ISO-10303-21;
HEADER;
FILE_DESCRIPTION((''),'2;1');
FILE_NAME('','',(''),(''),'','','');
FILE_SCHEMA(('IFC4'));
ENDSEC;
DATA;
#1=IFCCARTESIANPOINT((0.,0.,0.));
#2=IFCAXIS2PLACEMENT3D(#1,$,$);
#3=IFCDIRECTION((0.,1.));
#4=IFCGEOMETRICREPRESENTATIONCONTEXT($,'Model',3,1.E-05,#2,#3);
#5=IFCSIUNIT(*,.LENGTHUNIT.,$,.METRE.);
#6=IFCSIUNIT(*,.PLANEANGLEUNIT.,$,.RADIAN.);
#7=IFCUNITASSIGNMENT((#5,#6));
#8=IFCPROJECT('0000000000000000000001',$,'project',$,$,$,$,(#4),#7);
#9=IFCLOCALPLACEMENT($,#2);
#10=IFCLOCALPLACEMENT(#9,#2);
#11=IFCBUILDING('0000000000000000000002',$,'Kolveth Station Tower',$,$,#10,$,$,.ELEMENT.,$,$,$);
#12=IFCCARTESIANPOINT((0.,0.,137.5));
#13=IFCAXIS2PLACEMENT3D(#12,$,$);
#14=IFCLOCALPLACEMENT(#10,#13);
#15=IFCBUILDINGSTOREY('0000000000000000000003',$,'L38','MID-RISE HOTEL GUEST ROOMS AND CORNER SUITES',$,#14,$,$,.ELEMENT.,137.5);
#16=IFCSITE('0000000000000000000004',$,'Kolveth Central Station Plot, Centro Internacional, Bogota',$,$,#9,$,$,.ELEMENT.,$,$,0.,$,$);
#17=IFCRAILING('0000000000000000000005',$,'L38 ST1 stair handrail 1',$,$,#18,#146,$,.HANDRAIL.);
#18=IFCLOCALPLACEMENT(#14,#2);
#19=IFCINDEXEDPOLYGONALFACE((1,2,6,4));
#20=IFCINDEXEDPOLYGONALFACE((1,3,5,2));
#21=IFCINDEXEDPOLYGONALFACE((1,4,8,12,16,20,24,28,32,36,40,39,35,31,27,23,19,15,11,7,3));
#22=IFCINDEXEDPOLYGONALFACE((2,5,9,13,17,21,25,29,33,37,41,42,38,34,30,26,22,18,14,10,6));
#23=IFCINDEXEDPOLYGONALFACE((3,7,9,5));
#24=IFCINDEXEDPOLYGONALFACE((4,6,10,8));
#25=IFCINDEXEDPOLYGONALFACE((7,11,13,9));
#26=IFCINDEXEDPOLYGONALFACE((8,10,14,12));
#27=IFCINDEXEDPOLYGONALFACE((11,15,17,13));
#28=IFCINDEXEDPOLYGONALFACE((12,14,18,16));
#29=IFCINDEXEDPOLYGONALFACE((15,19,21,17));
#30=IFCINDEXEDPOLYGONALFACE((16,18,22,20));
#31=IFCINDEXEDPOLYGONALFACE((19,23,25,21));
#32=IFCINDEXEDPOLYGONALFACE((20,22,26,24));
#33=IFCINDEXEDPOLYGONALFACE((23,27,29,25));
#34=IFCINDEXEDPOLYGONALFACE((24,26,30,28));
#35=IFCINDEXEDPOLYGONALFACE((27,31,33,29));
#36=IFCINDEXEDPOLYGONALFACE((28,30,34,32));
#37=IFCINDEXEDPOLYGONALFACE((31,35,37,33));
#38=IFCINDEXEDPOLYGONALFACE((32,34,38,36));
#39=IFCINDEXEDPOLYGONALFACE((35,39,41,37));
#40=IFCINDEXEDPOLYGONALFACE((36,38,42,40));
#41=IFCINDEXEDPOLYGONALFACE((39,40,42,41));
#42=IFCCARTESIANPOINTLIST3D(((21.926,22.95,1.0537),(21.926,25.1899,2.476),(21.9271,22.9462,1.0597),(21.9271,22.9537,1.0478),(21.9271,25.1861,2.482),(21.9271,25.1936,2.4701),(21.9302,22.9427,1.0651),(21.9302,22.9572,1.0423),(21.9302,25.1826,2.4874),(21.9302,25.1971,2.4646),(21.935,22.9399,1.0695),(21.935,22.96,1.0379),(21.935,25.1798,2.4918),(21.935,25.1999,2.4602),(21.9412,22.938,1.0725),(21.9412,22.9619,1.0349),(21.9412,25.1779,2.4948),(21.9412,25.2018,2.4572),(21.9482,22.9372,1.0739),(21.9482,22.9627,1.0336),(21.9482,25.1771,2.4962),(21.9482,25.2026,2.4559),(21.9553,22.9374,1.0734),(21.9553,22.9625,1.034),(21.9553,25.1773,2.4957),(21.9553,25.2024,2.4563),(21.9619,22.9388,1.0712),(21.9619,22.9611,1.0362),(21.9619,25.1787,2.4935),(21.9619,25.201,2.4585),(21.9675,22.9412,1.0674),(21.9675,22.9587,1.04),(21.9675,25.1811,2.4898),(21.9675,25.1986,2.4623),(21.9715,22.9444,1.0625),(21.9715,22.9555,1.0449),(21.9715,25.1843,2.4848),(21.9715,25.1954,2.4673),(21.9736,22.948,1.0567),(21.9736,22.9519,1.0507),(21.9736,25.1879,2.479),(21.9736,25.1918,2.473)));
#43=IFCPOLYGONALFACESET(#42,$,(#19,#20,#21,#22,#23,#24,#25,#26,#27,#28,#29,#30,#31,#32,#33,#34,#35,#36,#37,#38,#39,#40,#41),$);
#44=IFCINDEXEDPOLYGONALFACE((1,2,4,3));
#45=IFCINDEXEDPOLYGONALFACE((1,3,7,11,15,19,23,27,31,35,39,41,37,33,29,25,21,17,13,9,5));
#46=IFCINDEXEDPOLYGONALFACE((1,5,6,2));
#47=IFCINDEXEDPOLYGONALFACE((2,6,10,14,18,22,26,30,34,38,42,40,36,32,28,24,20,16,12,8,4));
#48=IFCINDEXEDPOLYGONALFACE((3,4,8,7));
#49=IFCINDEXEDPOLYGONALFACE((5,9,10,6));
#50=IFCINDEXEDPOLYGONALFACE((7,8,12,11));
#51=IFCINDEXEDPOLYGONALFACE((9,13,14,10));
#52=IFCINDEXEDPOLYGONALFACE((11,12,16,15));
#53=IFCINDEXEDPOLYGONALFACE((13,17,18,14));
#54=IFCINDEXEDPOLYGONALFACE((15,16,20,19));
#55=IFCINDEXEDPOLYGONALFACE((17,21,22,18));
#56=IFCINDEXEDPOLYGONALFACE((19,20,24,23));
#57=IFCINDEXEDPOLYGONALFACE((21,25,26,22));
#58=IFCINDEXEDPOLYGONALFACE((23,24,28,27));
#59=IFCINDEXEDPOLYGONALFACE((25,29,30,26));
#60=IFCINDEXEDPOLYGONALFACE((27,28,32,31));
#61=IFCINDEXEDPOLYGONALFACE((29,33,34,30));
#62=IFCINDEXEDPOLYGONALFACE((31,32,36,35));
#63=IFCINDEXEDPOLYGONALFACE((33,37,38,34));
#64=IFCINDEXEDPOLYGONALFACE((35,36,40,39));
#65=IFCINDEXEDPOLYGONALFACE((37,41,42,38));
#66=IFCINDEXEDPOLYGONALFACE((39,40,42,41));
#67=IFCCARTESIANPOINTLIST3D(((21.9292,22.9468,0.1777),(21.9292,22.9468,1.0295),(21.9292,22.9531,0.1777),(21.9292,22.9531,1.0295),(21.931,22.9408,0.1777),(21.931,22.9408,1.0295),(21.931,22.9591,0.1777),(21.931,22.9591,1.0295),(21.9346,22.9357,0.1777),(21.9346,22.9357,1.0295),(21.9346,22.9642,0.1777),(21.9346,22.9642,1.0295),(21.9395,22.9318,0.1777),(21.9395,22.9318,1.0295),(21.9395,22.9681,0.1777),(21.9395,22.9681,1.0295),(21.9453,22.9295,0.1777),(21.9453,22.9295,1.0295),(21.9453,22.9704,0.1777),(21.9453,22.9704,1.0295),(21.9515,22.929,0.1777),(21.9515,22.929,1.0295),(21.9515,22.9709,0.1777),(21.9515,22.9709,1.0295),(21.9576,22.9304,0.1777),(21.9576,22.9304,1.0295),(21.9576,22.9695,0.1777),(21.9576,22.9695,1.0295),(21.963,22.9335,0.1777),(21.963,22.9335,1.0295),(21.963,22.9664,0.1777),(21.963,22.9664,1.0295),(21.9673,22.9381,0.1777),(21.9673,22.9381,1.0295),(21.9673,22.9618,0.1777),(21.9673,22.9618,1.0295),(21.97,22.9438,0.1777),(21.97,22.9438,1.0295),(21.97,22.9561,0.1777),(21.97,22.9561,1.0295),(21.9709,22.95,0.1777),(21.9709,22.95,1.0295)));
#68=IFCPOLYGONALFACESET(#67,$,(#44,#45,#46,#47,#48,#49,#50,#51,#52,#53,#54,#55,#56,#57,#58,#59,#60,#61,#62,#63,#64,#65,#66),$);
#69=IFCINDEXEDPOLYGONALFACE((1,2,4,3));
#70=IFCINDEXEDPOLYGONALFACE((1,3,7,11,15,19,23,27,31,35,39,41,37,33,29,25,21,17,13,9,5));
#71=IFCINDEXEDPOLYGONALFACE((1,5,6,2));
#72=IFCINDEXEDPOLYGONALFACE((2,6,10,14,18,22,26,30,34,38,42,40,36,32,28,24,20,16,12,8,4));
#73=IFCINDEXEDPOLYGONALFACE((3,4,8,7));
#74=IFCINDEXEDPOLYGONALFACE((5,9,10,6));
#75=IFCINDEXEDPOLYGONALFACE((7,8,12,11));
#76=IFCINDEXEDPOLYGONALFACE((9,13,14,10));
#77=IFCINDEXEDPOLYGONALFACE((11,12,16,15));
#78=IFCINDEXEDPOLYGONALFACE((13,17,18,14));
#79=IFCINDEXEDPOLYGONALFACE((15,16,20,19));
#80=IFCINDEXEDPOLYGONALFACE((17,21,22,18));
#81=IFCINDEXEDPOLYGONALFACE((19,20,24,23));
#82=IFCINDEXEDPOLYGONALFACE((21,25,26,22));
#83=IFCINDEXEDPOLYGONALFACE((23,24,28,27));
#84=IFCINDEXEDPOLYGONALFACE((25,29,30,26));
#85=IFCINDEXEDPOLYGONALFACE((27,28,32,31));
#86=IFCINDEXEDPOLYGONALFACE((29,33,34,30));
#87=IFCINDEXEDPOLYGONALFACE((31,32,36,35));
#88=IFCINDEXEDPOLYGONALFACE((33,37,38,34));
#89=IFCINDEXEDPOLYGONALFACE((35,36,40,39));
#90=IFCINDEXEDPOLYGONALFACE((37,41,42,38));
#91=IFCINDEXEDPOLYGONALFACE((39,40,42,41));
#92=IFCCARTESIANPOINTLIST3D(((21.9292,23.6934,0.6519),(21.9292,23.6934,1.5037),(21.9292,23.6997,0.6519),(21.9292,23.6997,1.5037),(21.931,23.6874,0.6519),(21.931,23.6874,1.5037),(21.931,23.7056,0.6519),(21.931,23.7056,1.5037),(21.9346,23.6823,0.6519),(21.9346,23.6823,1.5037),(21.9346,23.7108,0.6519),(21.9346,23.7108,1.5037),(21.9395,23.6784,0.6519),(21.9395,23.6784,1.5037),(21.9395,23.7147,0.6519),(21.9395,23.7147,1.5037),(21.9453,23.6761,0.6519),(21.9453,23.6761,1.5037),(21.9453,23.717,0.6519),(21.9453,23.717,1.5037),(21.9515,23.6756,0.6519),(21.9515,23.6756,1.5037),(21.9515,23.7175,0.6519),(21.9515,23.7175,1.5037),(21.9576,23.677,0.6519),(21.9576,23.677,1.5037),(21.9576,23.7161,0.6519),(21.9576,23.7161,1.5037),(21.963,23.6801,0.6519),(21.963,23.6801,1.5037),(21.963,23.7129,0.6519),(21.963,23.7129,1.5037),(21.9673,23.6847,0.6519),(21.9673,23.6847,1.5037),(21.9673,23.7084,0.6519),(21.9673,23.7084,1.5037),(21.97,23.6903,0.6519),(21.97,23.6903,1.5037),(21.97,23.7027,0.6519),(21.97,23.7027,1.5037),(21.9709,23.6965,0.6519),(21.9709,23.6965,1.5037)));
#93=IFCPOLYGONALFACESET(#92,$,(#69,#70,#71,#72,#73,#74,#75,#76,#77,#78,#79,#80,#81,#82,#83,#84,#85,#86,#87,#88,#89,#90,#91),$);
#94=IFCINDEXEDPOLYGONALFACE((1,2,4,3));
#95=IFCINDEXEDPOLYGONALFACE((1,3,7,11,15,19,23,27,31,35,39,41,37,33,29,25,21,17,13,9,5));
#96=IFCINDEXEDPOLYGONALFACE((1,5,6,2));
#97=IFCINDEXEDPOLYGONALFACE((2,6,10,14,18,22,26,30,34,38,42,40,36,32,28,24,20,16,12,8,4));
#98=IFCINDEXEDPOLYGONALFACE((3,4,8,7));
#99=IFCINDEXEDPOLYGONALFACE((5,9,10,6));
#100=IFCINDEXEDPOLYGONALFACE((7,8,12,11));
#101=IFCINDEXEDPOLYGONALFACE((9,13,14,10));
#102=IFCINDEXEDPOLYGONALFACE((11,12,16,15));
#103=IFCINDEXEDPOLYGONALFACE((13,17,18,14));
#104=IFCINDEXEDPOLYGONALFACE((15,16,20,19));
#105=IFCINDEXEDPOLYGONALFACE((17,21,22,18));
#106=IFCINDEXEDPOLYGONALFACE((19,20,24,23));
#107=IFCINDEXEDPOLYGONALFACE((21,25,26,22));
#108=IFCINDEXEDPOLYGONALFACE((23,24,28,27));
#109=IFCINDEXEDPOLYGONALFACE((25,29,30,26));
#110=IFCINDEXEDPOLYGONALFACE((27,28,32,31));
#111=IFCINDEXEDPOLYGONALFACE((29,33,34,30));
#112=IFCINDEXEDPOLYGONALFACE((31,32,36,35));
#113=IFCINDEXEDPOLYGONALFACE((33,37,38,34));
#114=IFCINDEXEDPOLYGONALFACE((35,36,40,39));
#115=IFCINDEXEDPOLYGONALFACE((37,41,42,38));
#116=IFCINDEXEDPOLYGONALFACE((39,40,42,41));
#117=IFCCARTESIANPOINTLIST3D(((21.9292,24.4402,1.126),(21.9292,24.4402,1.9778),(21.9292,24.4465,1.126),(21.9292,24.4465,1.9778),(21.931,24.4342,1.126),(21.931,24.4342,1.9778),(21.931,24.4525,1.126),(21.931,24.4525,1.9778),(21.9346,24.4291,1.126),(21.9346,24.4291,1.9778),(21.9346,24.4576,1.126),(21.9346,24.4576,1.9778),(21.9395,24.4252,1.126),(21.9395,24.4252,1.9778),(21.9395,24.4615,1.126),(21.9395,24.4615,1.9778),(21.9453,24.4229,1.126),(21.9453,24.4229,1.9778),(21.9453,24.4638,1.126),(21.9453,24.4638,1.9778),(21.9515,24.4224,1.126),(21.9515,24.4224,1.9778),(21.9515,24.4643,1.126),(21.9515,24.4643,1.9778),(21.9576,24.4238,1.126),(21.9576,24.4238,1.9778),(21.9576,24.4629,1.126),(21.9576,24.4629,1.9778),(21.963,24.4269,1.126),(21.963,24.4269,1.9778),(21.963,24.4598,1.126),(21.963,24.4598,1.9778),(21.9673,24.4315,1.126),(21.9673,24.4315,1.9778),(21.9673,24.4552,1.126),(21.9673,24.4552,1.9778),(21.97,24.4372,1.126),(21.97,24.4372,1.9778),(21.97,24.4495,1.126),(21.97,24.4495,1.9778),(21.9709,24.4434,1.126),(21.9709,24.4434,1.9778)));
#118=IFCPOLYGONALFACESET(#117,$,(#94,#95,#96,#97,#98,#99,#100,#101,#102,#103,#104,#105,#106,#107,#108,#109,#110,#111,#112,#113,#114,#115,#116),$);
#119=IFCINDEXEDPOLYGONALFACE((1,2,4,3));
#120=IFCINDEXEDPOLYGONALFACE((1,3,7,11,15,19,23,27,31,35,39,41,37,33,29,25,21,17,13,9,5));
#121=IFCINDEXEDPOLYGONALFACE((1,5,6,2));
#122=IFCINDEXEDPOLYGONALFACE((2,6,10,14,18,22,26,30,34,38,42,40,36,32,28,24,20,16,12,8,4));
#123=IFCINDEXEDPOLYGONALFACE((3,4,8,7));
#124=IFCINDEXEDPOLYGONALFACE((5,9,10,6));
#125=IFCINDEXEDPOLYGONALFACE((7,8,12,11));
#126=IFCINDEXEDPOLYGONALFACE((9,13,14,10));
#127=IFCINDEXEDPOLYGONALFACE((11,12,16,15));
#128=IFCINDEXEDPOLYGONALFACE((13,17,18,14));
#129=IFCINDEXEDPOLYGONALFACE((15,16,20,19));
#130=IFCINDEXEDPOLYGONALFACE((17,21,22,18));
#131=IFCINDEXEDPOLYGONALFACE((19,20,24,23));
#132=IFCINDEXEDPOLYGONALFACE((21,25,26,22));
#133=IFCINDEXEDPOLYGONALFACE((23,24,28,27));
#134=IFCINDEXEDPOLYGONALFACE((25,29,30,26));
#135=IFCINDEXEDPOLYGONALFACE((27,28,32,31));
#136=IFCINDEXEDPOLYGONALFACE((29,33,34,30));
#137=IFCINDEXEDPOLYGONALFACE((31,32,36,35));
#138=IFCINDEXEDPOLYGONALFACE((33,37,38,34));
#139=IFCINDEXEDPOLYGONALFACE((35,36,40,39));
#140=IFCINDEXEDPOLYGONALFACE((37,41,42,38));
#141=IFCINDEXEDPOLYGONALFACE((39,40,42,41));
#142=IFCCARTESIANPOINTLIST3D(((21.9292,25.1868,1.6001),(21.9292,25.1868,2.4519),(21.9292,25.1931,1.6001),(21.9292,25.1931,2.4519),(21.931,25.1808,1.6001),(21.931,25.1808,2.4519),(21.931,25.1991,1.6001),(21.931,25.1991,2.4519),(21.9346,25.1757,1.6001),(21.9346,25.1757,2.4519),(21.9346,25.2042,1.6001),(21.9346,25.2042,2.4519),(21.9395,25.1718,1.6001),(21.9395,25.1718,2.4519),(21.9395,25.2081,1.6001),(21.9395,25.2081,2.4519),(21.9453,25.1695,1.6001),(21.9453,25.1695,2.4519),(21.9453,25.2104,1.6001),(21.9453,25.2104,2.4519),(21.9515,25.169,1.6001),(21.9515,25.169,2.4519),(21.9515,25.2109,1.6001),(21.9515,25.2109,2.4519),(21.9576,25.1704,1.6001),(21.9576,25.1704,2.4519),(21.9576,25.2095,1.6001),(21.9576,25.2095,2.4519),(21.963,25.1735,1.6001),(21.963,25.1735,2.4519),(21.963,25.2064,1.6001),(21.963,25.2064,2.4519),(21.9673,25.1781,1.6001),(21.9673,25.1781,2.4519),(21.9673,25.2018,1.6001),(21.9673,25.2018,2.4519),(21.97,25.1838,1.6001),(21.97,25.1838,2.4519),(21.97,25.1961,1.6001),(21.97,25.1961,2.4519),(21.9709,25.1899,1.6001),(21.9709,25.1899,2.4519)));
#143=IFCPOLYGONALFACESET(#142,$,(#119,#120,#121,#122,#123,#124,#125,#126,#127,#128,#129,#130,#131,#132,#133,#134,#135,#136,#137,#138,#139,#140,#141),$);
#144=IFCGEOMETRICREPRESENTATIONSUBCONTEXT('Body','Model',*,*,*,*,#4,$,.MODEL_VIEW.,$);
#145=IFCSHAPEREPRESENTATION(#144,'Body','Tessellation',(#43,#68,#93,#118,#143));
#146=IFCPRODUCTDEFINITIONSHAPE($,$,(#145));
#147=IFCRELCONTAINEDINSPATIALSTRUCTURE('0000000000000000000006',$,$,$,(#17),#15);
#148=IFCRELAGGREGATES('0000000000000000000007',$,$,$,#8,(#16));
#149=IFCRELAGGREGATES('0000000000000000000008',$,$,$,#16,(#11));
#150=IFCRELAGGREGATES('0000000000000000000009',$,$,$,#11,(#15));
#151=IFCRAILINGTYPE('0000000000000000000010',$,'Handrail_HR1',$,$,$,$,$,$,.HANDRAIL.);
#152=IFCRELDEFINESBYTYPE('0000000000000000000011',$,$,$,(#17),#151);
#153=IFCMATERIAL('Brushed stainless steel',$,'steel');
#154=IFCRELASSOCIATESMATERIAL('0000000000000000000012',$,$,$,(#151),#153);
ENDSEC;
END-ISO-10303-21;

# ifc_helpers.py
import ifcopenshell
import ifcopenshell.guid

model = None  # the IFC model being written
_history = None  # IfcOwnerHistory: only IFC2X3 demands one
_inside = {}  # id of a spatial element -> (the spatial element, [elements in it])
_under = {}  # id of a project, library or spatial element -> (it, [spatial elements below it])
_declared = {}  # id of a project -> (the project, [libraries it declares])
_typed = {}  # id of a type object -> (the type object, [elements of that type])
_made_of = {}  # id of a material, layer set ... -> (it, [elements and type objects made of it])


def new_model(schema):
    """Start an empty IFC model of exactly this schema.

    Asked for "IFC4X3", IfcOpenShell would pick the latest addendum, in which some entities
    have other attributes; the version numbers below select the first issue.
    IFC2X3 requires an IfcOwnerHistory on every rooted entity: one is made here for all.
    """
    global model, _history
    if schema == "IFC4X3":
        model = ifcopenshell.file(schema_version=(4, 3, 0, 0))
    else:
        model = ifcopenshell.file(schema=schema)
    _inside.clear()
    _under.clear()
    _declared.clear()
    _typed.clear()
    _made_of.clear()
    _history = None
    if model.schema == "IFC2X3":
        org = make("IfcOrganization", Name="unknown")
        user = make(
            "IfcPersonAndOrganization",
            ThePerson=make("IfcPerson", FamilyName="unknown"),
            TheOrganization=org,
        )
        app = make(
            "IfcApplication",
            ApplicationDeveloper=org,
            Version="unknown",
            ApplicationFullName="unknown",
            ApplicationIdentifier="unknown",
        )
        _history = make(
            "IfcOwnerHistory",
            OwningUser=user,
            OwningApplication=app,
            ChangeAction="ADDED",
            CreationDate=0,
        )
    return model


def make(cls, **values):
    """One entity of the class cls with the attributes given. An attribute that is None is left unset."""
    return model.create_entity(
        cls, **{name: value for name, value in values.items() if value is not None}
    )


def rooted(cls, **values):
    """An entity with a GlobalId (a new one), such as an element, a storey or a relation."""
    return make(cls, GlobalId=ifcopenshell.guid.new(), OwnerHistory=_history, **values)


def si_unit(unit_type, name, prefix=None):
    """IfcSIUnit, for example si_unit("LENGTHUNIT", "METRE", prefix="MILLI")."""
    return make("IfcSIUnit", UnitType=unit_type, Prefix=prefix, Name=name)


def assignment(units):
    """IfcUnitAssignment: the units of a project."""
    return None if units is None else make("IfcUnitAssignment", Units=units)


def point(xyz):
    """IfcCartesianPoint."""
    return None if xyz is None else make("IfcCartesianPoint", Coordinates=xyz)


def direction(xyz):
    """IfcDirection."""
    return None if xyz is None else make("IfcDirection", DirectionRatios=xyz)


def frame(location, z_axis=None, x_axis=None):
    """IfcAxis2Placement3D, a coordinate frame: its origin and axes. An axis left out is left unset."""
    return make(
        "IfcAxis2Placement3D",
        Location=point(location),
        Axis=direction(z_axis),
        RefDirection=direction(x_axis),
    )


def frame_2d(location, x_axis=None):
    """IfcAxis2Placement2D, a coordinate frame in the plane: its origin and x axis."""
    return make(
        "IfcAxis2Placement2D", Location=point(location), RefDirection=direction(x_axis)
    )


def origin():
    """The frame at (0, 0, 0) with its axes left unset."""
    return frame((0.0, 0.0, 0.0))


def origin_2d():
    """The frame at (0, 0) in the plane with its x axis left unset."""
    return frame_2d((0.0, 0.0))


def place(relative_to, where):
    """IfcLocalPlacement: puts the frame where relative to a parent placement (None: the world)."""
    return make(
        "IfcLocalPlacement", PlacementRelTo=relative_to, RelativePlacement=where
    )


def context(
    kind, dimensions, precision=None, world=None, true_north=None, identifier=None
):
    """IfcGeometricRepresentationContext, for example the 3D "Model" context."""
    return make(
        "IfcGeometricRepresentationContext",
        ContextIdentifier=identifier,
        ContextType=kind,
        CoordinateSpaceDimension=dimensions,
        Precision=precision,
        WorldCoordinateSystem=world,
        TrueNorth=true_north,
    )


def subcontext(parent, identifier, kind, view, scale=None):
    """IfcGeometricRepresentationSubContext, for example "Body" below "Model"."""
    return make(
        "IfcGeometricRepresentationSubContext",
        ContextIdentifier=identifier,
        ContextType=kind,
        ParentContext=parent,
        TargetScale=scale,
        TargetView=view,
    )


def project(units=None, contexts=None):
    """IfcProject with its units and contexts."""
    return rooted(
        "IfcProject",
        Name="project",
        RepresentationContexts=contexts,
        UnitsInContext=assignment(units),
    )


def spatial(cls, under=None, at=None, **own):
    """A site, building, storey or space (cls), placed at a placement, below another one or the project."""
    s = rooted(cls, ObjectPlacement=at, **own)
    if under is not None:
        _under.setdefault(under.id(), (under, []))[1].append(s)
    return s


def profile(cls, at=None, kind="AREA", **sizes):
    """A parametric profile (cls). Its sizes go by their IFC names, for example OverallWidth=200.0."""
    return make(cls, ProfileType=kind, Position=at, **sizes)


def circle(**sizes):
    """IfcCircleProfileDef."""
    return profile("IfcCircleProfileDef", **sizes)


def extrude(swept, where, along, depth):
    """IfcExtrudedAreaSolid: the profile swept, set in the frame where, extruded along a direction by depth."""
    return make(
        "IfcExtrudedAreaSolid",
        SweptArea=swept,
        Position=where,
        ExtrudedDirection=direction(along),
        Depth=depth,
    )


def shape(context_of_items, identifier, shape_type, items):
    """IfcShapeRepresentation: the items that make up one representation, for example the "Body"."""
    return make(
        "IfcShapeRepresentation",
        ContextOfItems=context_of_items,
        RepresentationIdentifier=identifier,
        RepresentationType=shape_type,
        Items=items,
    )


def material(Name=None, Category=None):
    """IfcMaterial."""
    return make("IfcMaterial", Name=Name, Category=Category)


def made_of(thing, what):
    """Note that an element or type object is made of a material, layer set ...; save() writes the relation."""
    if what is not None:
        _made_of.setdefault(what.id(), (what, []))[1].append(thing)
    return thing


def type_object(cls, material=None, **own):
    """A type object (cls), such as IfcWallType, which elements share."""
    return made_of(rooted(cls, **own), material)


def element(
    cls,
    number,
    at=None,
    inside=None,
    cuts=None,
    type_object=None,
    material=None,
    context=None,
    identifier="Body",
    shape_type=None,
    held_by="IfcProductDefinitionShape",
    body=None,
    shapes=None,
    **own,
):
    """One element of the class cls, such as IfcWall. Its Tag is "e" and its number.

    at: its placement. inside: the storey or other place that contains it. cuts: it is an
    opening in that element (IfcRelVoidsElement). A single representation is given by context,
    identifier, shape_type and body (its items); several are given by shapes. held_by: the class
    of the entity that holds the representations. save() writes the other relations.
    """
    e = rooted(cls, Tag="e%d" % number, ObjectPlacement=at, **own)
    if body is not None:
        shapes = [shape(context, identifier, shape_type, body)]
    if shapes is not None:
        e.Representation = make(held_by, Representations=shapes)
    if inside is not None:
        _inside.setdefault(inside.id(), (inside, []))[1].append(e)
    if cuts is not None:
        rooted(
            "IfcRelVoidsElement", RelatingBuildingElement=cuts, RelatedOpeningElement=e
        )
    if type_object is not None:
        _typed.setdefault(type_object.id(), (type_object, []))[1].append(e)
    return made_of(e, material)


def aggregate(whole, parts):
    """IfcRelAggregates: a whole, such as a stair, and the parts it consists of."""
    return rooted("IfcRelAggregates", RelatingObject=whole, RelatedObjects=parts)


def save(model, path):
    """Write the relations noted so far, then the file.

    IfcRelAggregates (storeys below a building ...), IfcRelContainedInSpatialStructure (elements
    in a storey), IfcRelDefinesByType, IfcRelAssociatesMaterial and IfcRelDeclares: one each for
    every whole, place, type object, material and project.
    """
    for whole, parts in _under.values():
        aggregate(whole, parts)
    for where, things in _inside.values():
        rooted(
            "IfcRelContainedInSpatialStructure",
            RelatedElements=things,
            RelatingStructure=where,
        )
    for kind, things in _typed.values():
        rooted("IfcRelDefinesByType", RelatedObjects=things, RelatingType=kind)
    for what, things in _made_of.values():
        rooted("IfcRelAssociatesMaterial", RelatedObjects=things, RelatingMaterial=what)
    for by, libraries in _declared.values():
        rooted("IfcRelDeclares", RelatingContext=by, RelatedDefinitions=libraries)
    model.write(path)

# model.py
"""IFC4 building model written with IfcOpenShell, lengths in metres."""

from ifc_helpers import new_model, si_unit, direction, frame, origin, origin_2d, place, context, subcontext, project, spatial, circle, extrude, material, type_object, element, save


model = new_model("IFC4")

# Units and contexts
model_context = context("Model", 3, precision=1e-05, world=origin(), true_north=direction((0.0, 1.0)))
body_context = subcontext(model_context, "Body", "Model", "MODEL_VIEW")
ifc_project = project(units=[si_unit("LENGTHUNIT", "METRE"), si_unit("PLANEANGLEUNIT", "RADIAN")], contexts=[model_context])

# Site, building, storey
site_placement = place(None, origin())
site = spatial("IfcSite", under=ifc_project, at=site_placement, Name="Kolveth Central Station Plot, Centro Internacional, Bogota", CompositionType="ELEMENT", RefElevation=0.0)
building_placement = place(site_placement, origin())
building = spatial("IfcBuilding", under=site, at=building_placement, Name="Kolveth Station Tower", CompositionType="ELEMENT")
storey_placement = place(building_placement, frame((0.0, 0.0, 137.5)))
storey = spatial("IfcBuildingStorey", under=building, at=storey_placement, Name="L38", Description="MID-RISE HOTEL GUEST ROOMS AND CORNER SUITES", CompositionType="ELEMENT", Elevation=137.5)

# Railing
ifc_material_1 = material(Name="Brushed stainless steel", Category="steel")
railing_type_1 = type_object("IfcRailingType", Name="Handrail_HR1", PredefinedType="HANDRAIL", material=ifc_material_1)
railing_1_placement = place(storey_placement, frame((21.95, 22.95, 0.1777)))
element("IfcRailing", 1, at=railing_1_placement, inside=storey, type_object=railing_type_1, Name="L38 ST1 stair handrail 1", PredefinedType="HANDRAIL", context=body_context, shape_type="SweptSolid", body=[
    extrude(circle(Radius=0.0239, at=origin_2d()), frame((0.0, 0.0, 0.876), z_axis=(0.0, 0.844188, 0.536048), x_axis=(-1.0, 0.0, 0.0)), (0.0, 0.0, 1.0), 2.6533),
    extrude(circle(Radius=0.021, at=origin_2d()), origin(), (0.0, 0.0, 1.0), 0.8518),
    extrude(circle(Radius=0.021, at=origin_2d()), frame((0.0, 0.7466, 0.4741)), (0.0, 0.0, 1.0), 0.8518),
    extrude(circle(Radius=0.021, at=origin_2d()), frame((0.0, 1.4934, 0.9482)), (0.0, 0.0, 1.0), 0.8518),
    extrude(circle(Radius=0.021, at=origin_2d()), frame((0.0, 2.24, 1.4224)), (0.0, 0.0, 1.0), 0.8518),
])

save(model, "model.ifc")
